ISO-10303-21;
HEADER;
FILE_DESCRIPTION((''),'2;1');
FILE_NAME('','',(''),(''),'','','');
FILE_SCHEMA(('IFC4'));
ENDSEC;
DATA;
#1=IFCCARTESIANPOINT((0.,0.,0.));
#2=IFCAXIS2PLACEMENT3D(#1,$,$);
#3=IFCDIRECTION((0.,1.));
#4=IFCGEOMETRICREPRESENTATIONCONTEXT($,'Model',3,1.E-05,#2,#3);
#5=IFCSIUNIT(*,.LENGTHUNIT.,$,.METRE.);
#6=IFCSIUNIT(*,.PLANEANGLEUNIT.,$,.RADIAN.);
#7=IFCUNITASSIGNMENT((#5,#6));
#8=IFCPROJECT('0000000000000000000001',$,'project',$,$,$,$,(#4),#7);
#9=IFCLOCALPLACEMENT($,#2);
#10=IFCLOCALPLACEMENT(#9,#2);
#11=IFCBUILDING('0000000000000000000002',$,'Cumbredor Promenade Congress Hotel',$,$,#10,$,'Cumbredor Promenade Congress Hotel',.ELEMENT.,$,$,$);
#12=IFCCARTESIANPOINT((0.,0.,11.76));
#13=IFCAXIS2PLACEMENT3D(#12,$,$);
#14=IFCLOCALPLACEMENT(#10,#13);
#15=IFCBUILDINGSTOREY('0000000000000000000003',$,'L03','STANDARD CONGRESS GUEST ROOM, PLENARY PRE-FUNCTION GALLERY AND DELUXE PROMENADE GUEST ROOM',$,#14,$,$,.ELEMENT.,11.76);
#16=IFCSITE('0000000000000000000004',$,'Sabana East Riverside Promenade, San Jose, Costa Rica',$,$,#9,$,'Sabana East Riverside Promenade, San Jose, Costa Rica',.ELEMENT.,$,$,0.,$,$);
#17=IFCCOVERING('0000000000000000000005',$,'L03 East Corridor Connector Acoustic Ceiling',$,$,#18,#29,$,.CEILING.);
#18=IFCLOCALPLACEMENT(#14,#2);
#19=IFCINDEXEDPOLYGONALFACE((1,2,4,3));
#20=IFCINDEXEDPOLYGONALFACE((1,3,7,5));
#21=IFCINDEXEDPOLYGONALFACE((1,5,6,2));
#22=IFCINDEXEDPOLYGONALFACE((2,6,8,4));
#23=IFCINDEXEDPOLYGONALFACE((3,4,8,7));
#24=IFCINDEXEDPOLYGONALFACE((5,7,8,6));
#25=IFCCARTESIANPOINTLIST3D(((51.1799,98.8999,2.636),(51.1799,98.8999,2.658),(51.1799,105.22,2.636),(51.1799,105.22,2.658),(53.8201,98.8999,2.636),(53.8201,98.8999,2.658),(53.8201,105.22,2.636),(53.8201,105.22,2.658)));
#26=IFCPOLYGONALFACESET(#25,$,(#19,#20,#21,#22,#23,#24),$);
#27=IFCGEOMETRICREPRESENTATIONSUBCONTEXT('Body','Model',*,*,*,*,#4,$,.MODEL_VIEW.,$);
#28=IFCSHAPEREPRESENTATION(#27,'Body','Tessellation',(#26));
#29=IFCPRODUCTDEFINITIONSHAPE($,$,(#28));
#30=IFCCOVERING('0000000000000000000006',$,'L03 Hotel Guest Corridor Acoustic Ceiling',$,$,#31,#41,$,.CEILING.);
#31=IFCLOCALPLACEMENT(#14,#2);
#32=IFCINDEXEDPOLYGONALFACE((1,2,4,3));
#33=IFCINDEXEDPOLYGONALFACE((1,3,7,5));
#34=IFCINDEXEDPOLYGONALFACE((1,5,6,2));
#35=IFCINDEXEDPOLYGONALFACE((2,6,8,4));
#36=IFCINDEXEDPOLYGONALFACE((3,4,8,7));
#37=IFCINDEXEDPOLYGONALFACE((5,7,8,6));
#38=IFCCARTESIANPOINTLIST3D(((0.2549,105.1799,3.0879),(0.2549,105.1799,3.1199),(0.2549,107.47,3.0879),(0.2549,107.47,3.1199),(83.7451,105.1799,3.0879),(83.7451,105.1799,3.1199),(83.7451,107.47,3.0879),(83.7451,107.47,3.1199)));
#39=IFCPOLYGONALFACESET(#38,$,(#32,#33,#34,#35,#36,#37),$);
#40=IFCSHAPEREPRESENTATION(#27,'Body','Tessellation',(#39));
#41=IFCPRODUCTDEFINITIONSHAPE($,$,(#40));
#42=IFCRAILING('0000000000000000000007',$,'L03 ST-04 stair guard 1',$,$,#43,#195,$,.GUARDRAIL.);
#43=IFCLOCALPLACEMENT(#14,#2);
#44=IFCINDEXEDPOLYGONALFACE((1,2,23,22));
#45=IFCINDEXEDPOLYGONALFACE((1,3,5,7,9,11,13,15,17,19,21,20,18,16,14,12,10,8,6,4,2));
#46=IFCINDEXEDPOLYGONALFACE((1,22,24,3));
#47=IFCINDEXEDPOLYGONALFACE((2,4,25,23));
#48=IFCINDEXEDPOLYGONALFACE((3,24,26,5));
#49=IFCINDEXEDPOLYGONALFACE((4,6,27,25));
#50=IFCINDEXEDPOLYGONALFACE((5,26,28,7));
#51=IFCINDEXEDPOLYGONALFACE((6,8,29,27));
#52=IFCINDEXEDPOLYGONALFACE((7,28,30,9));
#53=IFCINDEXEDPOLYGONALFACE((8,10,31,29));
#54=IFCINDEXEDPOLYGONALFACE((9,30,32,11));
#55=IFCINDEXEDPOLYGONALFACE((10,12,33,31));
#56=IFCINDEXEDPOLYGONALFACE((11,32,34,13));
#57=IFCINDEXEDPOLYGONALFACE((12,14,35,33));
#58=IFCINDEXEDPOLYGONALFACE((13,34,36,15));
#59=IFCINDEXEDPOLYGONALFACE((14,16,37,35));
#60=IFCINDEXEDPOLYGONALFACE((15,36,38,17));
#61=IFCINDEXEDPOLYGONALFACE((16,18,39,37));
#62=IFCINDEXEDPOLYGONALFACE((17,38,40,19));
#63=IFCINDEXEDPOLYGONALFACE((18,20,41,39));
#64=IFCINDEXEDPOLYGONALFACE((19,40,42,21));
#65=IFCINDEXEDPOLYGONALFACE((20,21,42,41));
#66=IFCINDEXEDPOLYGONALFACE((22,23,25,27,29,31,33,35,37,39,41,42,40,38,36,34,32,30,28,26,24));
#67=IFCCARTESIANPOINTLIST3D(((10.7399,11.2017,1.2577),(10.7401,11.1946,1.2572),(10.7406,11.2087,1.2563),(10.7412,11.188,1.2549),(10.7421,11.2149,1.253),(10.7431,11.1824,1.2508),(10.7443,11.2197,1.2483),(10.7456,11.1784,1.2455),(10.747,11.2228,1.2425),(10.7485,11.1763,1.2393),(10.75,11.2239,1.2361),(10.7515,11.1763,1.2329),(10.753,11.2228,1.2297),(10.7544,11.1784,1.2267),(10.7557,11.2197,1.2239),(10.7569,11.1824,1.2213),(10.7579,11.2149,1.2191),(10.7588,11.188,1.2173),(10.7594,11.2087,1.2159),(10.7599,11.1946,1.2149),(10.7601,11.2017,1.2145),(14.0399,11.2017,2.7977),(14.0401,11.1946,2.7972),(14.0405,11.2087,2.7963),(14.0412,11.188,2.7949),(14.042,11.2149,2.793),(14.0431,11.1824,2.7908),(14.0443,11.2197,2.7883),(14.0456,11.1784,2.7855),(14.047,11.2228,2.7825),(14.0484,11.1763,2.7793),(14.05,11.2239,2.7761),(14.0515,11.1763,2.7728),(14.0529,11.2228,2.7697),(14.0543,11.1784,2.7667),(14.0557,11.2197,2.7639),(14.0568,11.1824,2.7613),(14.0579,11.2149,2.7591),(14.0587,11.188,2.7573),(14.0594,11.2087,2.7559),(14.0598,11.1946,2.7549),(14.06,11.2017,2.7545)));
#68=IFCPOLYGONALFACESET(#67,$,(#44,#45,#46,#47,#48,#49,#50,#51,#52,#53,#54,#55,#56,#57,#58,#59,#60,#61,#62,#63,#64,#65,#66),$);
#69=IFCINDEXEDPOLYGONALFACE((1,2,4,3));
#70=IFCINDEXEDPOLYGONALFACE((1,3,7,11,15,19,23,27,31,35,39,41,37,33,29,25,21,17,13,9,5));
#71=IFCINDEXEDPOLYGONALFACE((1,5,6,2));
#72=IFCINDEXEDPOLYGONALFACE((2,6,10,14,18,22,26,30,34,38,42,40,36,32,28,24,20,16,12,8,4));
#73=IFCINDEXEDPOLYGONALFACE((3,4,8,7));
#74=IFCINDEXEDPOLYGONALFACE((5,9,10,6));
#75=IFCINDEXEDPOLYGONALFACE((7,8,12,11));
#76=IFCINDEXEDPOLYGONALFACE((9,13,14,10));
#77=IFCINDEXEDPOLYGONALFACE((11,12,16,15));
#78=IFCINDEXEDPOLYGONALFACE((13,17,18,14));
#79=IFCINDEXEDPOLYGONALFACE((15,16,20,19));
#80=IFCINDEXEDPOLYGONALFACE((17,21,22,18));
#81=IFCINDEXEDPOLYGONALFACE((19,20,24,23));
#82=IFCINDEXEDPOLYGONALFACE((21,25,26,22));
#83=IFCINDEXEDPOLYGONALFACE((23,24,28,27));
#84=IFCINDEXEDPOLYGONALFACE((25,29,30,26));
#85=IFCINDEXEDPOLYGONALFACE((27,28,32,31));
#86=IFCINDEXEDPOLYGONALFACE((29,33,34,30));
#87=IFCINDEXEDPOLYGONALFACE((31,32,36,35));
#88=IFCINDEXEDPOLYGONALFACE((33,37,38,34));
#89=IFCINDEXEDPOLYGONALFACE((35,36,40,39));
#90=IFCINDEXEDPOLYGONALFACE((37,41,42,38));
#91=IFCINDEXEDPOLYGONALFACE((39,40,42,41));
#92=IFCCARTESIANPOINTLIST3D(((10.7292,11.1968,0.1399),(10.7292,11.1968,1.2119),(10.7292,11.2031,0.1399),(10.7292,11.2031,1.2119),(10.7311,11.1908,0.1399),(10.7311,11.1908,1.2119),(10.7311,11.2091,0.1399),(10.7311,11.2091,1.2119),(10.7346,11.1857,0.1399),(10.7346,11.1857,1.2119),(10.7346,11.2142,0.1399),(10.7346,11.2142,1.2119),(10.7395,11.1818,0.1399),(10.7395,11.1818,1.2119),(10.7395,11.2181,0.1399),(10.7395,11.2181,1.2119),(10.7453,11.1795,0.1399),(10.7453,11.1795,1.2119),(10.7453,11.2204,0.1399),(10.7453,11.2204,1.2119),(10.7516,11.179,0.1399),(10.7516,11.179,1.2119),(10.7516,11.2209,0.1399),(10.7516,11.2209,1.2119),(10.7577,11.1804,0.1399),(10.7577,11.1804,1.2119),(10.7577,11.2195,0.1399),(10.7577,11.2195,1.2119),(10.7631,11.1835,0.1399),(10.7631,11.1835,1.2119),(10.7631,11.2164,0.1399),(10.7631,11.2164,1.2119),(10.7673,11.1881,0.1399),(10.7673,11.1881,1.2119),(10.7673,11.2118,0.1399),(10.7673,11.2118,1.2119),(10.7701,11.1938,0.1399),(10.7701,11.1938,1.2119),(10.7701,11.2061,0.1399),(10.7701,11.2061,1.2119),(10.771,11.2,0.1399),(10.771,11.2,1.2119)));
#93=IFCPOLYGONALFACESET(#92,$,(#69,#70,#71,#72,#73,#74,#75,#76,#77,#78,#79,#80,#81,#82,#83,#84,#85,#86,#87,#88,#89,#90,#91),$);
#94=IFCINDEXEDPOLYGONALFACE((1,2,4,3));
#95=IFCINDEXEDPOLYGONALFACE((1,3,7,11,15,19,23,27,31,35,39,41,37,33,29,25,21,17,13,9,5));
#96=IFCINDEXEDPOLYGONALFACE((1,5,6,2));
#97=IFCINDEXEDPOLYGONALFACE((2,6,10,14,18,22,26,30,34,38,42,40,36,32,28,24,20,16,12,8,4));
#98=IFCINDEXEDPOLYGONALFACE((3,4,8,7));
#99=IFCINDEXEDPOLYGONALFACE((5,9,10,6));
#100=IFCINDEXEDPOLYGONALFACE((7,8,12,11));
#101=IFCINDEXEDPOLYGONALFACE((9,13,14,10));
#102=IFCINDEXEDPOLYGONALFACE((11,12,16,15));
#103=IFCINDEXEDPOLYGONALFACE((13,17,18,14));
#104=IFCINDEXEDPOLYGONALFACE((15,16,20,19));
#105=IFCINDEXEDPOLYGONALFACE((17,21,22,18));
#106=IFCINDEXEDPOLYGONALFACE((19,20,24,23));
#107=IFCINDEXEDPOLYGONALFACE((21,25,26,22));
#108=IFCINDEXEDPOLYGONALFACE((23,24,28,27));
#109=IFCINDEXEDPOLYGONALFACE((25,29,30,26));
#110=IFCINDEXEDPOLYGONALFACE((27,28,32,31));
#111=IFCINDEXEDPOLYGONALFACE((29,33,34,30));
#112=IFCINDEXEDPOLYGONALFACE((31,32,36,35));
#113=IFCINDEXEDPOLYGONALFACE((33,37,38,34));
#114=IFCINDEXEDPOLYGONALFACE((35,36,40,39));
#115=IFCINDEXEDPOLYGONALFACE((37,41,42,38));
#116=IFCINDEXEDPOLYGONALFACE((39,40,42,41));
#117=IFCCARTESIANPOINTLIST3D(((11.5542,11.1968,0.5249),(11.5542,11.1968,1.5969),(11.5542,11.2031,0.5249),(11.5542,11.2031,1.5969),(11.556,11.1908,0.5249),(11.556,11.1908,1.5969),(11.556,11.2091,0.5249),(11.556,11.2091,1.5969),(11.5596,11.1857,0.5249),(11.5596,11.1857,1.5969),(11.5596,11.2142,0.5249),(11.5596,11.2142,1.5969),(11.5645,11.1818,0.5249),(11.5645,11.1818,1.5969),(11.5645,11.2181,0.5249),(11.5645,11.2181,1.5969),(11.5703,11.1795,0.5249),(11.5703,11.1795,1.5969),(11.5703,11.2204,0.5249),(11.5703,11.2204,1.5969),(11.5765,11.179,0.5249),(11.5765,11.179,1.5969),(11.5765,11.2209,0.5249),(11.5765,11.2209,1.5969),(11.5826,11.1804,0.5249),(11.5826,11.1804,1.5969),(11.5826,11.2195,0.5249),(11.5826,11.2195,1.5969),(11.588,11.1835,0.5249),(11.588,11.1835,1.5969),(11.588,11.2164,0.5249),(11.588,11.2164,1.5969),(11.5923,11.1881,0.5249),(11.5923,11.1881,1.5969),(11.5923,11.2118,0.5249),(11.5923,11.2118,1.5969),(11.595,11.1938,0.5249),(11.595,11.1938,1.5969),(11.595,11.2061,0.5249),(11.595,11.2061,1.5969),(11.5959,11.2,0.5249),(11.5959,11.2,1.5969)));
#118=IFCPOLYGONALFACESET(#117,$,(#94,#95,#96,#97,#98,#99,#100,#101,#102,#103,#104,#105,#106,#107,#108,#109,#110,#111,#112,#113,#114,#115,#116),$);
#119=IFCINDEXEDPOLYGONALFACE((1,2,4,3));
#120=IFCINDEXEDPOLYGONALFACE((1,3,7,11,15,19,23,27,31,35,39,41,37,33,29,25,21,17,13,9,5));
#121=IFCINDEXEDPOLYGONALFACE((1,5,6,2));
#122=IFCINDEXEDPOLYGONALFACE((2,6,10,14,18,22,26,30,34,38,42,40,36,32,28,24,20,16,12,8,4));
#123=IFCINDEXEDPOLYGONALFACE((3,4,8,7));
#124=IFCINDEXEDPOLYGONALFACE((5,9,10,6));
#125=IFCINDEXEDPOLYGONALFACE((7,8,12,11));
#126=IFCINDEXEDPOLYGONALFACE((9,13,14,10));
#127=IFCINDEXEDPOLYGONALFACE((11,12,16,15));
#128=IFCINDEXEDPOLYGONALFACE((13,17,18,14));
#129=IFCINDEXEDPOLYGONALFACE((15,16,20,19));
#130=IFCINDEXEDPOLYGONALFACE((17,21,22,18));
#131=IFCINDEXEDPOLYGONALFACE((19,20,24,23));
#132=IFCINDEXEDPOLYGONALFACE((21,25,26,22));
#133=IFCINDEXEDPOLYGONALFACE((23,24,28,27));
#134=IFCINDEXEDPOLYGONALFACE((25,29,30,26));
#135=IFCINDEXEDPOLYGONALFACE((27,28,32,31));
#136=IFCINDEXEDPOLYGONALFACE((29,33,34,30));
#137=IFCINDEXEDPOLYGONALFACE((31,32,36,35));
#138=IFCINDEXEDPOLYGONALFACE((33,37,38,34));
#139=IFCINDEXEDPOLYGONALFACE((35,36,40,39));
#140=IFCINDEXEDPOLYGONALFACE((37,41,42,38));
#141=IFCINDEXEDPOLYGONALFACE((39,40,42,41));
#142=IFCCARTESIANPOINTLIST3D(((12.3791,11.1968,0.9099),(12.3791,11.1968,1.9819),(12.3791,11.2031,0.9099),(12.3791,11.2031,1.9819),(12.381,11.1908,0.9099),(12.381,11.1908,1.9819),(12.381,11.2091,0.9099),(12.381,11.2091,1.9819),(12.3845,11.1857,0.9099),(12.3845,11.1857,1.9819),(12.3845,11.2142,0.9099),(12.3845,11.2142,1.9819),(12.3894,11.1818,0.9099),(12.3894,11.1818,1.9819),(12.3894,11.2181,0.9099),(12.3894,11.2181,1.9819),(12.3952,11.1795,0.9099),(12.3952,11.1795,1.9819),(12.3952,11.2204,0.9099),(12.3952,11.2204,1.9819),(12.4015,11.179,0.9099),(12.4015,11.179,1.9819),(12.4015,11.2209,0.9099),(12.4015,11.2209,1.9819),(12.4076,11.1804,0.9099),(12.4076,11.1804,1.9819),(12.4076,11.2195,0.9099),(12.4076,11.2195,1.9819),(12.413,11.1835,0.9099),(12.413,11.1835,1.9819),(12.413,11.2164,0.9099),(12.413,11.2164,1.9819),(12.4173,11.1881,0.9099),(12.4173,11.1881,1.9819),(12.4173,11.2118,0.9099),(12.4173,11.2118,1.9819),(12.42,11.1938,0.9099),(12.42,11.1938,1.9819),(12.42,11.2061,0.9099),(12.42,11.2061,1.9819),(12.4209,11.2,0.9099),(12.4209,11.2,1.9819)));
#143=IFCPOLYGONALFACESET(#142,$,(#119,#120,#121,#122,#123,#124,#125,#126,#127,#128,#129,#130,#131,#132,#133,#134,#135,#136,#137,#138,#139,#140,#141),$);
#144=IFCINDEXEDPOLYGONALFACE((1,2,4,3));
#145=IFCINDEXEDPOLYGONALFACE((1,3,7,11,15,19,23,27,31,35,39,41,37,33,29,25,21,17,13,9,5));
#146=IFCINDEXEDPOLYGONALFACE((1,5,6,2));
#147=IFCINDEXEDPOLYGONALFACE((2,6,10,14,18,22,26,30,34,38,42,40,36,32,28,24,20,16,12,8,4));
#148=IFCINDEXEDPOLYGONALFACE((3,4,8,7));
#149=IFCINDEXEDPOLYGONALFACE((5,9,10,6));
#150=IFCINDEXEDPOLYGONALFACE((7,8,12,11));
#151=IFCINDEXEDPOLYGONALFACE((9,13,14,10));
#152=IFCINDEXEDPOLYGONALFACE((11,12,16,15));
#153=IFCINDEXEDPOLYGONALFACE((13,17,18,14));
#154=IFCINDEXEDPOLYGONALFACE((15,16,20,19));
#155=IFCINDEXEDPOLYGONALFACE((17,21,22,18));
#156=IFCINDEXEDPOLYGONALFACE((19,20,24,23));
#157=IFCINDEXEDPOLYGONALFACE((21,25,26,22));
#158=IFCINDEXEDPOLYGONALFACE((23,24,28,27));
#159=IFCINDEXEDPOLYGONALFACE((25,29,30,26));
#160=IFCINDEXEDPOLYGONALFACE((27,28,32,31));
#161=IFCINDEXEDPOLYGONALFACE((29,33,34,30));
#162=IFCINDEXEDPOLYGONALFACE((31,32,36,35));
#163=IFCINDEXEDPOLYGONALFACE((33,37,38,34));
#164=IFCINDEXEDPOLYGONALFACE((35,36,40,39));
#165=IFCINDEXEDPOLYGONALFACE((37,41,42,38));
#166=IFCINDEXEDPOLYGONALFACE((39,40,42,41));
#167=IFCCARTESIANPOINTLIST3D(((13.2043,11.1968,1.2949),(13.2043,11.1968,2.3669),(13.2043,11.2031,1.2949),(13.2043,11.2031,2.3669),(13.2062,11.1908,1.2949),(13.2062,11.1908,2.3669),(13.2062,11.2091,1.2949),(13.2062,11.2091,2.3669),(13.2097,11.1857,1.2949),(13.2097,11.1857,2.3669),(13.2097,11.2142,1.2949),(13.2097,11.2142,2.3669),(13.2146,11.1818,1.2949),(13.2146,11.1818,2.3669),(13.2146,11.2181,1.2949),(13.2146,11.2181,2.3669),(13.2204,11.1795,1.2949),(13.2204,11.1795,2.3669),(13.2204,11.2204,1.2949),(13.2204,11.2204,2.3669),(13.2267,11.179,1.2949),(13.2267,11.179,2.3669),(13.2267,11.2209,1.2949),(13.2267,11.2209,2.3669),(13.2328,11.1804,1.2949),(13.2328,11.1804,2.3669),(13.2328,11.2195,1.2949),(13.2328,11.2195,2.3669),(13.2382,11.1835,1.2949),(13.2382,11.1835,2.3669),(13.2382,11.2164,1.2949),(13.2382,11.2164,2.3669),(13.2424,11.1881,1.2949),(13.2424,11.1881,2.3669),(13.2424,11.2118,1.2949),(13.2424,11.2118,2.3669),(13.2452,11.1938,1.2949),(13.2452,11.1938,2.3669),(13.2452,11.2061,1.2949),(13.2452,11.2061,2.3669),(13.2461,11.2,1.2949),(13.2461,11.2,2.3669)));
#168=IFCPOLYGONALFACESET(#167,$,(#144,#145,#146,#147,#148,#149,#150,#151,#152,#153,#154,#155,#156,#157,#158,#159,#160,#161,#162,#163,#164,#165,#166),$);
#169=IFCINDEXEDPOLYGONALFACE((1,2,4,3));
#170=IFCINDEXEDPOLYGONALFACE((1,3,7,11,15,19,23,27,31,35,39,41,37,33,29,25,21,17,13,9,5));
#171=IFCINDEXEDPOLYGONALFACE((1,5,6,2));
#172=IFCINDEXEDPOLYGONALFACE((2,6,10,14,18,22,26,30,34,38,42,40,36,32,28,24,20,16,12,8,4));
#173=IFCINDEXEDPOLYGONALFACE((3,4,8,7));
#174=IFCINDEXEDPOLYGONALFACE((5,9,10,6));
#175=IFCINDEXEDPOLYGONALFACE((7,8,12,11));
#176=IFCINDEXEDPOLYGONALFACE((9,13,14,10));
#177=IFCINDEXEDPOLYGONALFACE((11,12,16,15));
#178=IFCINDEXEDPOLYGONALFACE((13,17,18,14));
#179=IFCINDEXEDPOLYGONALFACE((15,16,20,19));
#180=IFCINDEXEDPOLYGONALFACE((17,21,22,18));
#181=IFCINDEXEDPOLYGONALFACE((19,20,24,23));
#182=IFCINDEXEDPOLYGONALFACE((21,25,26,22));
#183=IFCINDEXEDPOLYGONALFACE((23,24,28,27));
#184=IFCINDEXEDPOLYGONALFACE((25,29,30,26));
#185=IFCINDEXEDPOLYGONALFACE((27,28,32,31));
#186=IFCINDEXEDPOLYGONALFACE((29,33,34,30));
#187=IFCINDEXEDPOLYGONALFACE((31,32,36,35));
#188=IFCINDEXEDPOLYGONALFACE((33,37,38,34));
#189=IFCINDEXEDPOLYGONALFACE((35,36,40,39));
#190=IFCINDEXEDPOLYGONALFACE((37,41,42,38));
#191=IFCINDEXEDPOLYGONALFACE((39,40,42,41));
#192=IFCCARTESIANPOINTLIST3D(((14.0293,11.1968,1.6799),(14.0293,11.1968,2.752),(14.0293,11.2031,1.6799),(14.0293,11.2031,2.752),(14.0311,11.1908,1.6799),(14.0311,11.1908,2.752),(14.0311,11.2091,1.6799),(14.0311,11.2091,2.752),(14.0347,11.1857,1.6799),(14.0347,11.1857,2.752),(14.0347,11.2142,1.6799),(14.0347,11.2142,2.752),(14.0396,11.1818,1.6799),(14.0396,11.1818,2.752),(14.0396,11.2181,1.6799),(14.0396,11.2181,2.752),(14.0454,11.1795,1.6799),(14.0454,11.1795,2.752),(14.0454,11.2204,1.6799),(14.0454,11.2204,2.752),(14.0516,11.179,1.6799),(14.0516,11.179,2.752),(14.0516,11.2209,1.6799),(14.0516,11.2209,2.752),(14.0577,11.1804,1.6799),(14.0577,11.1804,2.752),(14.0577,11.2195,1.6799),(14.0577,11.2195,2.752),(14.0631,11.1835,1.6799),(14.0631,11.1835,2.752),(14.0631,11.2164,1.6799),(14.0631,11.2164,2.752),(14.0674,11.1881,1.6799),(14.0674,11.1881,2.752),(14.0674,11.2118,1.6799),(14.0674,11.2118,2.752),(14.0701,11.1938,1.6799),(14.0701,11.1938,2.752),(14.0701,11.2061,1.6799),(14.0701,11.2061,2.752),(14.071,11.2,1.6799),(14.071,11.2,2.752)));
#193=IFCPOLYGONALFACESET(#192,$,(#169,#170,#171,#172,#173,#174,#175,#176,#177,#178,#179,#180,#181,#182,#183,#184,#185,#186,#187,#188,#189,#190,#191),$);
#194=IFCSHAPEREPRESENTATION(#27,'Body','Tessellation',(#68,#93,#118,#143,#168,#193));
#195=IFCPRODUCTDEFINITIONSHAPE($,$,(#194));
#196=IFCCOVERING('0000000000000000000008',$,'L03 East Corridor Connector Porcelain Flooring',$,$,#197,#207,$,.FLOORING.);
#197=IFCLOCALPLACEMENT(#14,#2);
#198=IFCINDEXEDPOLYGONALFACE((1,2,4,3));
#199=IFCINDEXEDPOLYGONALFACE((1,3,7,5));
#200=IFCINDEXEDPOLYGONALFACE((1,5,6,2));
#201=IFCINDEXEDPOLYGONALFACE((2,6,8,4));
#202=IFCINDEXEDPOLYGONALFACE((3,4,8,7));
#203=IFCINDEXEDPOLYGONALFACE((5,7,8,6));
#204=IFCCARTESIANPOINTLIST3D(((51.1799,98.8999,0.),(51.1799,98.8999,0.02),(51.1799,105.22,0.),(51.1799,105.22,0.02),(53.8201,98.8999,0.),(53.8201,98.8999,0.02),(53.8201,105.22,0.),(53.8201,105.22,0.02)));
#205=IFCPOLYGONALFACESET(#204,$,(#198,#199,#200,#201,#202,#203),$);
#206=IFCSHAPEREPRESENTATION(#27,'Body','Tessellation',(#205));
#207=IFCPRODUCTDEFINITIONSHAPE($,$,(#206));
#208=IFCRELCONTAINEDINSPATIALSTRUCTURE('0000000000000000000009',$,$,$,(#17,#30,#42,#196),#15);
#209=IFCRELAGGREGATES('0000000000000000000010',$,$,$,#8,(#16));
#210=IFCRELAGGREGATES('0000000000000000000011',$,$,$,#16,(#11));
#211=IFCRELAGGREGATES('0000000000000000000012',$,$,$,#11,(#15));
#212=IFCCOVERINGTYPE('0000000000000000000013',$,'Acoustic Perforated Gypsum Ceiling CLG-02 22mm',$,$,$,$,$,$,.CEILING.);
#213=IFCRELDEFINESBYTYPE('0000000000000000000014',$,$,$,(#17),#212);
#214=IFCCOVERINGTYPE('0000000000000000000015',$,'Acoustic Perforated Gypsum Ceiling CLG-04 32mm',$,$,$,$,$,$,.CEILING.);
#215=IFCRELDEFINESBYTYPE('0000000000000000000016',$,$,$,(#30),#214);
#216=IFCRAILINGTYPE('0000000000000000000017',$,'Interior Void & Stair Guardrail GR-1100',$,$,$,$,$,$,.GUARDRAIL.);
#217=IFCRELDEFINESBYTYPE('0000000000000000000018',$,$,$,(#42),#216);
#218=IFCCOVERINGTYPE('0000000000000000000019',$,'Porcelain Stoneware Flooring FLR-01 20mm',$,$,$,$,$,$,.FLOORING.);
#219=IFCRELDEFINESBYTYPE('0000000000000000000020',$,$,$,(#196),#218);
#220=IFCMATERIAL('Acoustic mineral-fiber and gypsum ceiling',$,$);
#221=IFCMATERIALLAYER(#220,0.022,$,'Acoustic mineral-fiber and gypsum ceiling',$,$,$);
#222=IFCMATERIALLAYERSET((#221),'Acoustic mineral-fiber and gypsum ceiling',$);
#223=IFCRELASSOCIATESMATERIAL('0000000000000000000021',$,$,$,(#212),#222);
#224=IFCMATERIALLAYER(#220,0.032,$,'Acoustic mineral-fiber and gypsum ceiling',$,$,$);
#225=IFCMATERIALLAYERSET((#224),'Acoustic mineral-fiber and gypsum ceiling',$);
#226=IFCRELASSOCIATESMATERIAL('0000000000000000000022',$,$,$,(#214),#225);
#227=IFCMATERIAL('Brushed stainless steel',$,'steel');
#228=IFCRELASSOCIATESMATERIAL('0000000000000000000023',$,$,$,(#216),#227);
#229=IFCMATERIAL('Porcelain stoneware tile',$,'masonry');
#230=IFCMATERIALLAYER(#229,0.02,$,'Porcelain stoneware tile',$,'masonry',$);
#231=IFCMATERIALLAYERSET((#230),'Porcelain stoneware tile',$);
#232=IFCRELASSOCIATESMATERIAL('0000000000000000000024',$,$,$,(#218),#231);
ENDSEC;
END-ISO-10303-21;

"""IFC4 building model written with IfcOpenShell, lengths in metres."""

from ifc_helpers import new_model, si_unit, direction, frame, origin, origin_2d, place, context, subcontext, project, spatial, polyline, circle, outline, extrude, material, layer, layer_set, type_object, element, save


model = new_model("IFC4")

# Units and contexts
model_context = context("Model", 3, precision=1e-05, world=origin(), true_north=direction((0.0, 1.0)))
body_context = subcontext(model_context, "Body", "Model", "MODEL_VIEW")
ifc_project = project(units=[si_unit("LENGTHUNIT", "METRE"), si_unit("PLANEANGLEUNIT", "RADIAN")], contexts=[model_context])

# Site, building, storey
site_placement = place(None, origin())
site = spatial("IfcSite", under=ifc_project, at=site_placement, Name="Sabana East Riverside Promenade, San Jose, Costa Rica", LongName="Sabana East Riverside Promenade, San Jose, Costa Rica", CompositionType="ELEMENT", RefElevation=0.0)
building_placement = place(site_placement, origin())
building = spatial("IfcBuilding", under=site, at=building_placement, Name="Cumbredor Promenade Congress Hotel", LongName="Cumbredor Promenade Congress Hotel", CompositionType="ELEMENT")
storey_placement = place(building_placement, frame((0.0, 0.0, 11.76)))
storey = spatial("IfcBuildingStorey", under=building, at=storey_placement, Name="L03", Description="STANDARD CONGRESS GUEST ROOM, PLENARY PRE-FUNCTION GALLERY AND DELUXE PROMENADE GUEST ROOM", CompositionType="ELEMENT", Elevation=11.76)

# Coverings
ifc_material_1 = material(Name="Acoustic mineral-fiber and gypsum ceiling")
ifc_layer_1 = layer(ifc_material_1, 0.022, Name="Acoustic mineral-fiber and gypsum ceiling")
ifc_layer_set_1 = layer_set([ifc_layer_1], Name="Acoustic mineral-fiber and gypsum ceiling")
covering_type_1 = type_object("IfcCoveringType", Name="Acoustic Perforated Gypsum Ceiling CLG-02 22mm", PredefinedType="CEILING", material=ifc_layer_set_1)
covering_1_placement = place(storey_placement, frame((0.0, 0.0, 2.636)))
element("IfcCovering", 1, at=covering_1_placement, inside=storey, type_object=covering_type_1, Name="L03 East Corridor Connector Acoustic Ceiling", PredefinedType="CEILING", context=body_context, shape_type="SweptSolid", body=[
    extrude(outline(polyline([(53.8201, 105.22), (53.8201, 98.8999), (51.1799, 98.8999), (51.1799, 105.22), (53.8201, 105.22)])), origin(), (0.0, 0.0, 1.0), 0.022),
])
ifc_layer_2 = layer(ifc_material_1, 0.032, Name="Acoustic mineral-fiber and gypsum ceiling")
ifc_layer_set_2 = layer_set([ifc_layer_2], Name="Acoustic mineral-fiber and gypsum ceiling")
covering_type_2 = type_object("IfcCoveringType", Name="Acoustic Perforated Gypsum Ceiling CLG-04 32mm", PredefinedType="CEILING", material=ifc_layer_set_2)
covering_2_placement = place(storey_placement, frame((0.0, 0.0, 3.0879)))
element("IfcCovering", 2, at=covering_2_placement, inside=storey, type_object=covering_type_2, Name="L03 Hotel Guest Corridor Acoustic Ceiling", PredefinedType="CEILING", context=body_context, shape_type="SweptSolid", body=[
    extrude(outline(polyline([(83.7451, 107.47), (83.7451, 105.1799), (0.2549, 105.1799), (0.2549, 107.47), (83.7451, 107.47)])), origin(), (0.0, 0.0, 1.0), 0.032),
])

# Railing
ifc_material_2 = material(Name="Brushed stainless steel", Category="steel")
railing_type_1 = type_object("IfcRailingType", Name="Interior Void & Stair Guardrail GR-1100", PredefinedType="GUARDRAIL", material=ifc_material_2)
railing_1_placement = place(storey_placement, frame((10.75, 11.2, 0.1399)))
element("IfcRailing", 3, at=railing_1_placement, inside=storey, type_object=railing_type_1, Name="L03 ST-04 stair guard 1", PredefinedType="GUARDRAIL", context=body_context, shape_type="SweptSolid", body=[
    extrude(circle(Radius=0.0239, at=origin_2d()), frame((0.0, 0.0, 1.0962), z_axis=(0.906181, 0.0, 0.422889), x_axis=(0.0, 1.0, 0.0)), (0.0, 0.0, 1.0), 3.6416),
    extrude(circle(Radius=0.021, at=origin_2d()), origin(), (0.0, 0.0, 1.0), 1.072),
    extrude(circle(Radius=0.021, at=origin_2d()), frame((0.825, 0.0, 0.385)), (0.0, 0.0, 1.0), 1.072),
    extrude(circle(Radius=0.021, at=origin_2d()), frame((1.6499, 0.0, 0.77)), (0.0, 0.0, 1.0), 1.072),
    extrude(circle(Radius=0.021, at=origin_2d()), frame((2.4751, 0.0, 1.155)), (0.0, 0.0, 1.0), 1.072),
    extrude(circle(Radius=0.021, at=origin_2d()), frame((3.3, 0.0, 1.54)), (0.0, 0.0, 1.0), 1.072),
])

# Covering
ifc_material_3 = material(Name="Porcelain stoneware tile", Category="masonry")
ifc_layer_3 = layer(ifc_material_3, 0.02, Name="Porcelain stoneware tile", Category="masonry")
ifc_layer_set_3 = layer_set([ifc_layer_3], Name="Porcelain stoneware tile")
covering_type_3 = type_object("IfcCoveringType", Name="Porcelain Stoneware Flooring FLR-01 20mm", PredefinedType="FLOORING", material=ifc_layer_set_3)
covering_3_placement = place(storey_placement, origin())
element("IfcCovering", 4, at=covering_3_placement, inside=storey, type_object=covering_type_3, Name="L03 East Corridor Connector Porcelain Flooring", PredefinedType="FLOORING", context=body_context, shape_type="SweptSolid", body=[
    extrude(outline(polyline([(53.8201, 105.22), (53.8201, 98.8999), (51.1799, 98.8999), (51.1799, 105.22), (53.8201, 105.22)])), origin(), (0.0, 0.0, 1.0), 0.02),
])

save(model, "model.ifc")
